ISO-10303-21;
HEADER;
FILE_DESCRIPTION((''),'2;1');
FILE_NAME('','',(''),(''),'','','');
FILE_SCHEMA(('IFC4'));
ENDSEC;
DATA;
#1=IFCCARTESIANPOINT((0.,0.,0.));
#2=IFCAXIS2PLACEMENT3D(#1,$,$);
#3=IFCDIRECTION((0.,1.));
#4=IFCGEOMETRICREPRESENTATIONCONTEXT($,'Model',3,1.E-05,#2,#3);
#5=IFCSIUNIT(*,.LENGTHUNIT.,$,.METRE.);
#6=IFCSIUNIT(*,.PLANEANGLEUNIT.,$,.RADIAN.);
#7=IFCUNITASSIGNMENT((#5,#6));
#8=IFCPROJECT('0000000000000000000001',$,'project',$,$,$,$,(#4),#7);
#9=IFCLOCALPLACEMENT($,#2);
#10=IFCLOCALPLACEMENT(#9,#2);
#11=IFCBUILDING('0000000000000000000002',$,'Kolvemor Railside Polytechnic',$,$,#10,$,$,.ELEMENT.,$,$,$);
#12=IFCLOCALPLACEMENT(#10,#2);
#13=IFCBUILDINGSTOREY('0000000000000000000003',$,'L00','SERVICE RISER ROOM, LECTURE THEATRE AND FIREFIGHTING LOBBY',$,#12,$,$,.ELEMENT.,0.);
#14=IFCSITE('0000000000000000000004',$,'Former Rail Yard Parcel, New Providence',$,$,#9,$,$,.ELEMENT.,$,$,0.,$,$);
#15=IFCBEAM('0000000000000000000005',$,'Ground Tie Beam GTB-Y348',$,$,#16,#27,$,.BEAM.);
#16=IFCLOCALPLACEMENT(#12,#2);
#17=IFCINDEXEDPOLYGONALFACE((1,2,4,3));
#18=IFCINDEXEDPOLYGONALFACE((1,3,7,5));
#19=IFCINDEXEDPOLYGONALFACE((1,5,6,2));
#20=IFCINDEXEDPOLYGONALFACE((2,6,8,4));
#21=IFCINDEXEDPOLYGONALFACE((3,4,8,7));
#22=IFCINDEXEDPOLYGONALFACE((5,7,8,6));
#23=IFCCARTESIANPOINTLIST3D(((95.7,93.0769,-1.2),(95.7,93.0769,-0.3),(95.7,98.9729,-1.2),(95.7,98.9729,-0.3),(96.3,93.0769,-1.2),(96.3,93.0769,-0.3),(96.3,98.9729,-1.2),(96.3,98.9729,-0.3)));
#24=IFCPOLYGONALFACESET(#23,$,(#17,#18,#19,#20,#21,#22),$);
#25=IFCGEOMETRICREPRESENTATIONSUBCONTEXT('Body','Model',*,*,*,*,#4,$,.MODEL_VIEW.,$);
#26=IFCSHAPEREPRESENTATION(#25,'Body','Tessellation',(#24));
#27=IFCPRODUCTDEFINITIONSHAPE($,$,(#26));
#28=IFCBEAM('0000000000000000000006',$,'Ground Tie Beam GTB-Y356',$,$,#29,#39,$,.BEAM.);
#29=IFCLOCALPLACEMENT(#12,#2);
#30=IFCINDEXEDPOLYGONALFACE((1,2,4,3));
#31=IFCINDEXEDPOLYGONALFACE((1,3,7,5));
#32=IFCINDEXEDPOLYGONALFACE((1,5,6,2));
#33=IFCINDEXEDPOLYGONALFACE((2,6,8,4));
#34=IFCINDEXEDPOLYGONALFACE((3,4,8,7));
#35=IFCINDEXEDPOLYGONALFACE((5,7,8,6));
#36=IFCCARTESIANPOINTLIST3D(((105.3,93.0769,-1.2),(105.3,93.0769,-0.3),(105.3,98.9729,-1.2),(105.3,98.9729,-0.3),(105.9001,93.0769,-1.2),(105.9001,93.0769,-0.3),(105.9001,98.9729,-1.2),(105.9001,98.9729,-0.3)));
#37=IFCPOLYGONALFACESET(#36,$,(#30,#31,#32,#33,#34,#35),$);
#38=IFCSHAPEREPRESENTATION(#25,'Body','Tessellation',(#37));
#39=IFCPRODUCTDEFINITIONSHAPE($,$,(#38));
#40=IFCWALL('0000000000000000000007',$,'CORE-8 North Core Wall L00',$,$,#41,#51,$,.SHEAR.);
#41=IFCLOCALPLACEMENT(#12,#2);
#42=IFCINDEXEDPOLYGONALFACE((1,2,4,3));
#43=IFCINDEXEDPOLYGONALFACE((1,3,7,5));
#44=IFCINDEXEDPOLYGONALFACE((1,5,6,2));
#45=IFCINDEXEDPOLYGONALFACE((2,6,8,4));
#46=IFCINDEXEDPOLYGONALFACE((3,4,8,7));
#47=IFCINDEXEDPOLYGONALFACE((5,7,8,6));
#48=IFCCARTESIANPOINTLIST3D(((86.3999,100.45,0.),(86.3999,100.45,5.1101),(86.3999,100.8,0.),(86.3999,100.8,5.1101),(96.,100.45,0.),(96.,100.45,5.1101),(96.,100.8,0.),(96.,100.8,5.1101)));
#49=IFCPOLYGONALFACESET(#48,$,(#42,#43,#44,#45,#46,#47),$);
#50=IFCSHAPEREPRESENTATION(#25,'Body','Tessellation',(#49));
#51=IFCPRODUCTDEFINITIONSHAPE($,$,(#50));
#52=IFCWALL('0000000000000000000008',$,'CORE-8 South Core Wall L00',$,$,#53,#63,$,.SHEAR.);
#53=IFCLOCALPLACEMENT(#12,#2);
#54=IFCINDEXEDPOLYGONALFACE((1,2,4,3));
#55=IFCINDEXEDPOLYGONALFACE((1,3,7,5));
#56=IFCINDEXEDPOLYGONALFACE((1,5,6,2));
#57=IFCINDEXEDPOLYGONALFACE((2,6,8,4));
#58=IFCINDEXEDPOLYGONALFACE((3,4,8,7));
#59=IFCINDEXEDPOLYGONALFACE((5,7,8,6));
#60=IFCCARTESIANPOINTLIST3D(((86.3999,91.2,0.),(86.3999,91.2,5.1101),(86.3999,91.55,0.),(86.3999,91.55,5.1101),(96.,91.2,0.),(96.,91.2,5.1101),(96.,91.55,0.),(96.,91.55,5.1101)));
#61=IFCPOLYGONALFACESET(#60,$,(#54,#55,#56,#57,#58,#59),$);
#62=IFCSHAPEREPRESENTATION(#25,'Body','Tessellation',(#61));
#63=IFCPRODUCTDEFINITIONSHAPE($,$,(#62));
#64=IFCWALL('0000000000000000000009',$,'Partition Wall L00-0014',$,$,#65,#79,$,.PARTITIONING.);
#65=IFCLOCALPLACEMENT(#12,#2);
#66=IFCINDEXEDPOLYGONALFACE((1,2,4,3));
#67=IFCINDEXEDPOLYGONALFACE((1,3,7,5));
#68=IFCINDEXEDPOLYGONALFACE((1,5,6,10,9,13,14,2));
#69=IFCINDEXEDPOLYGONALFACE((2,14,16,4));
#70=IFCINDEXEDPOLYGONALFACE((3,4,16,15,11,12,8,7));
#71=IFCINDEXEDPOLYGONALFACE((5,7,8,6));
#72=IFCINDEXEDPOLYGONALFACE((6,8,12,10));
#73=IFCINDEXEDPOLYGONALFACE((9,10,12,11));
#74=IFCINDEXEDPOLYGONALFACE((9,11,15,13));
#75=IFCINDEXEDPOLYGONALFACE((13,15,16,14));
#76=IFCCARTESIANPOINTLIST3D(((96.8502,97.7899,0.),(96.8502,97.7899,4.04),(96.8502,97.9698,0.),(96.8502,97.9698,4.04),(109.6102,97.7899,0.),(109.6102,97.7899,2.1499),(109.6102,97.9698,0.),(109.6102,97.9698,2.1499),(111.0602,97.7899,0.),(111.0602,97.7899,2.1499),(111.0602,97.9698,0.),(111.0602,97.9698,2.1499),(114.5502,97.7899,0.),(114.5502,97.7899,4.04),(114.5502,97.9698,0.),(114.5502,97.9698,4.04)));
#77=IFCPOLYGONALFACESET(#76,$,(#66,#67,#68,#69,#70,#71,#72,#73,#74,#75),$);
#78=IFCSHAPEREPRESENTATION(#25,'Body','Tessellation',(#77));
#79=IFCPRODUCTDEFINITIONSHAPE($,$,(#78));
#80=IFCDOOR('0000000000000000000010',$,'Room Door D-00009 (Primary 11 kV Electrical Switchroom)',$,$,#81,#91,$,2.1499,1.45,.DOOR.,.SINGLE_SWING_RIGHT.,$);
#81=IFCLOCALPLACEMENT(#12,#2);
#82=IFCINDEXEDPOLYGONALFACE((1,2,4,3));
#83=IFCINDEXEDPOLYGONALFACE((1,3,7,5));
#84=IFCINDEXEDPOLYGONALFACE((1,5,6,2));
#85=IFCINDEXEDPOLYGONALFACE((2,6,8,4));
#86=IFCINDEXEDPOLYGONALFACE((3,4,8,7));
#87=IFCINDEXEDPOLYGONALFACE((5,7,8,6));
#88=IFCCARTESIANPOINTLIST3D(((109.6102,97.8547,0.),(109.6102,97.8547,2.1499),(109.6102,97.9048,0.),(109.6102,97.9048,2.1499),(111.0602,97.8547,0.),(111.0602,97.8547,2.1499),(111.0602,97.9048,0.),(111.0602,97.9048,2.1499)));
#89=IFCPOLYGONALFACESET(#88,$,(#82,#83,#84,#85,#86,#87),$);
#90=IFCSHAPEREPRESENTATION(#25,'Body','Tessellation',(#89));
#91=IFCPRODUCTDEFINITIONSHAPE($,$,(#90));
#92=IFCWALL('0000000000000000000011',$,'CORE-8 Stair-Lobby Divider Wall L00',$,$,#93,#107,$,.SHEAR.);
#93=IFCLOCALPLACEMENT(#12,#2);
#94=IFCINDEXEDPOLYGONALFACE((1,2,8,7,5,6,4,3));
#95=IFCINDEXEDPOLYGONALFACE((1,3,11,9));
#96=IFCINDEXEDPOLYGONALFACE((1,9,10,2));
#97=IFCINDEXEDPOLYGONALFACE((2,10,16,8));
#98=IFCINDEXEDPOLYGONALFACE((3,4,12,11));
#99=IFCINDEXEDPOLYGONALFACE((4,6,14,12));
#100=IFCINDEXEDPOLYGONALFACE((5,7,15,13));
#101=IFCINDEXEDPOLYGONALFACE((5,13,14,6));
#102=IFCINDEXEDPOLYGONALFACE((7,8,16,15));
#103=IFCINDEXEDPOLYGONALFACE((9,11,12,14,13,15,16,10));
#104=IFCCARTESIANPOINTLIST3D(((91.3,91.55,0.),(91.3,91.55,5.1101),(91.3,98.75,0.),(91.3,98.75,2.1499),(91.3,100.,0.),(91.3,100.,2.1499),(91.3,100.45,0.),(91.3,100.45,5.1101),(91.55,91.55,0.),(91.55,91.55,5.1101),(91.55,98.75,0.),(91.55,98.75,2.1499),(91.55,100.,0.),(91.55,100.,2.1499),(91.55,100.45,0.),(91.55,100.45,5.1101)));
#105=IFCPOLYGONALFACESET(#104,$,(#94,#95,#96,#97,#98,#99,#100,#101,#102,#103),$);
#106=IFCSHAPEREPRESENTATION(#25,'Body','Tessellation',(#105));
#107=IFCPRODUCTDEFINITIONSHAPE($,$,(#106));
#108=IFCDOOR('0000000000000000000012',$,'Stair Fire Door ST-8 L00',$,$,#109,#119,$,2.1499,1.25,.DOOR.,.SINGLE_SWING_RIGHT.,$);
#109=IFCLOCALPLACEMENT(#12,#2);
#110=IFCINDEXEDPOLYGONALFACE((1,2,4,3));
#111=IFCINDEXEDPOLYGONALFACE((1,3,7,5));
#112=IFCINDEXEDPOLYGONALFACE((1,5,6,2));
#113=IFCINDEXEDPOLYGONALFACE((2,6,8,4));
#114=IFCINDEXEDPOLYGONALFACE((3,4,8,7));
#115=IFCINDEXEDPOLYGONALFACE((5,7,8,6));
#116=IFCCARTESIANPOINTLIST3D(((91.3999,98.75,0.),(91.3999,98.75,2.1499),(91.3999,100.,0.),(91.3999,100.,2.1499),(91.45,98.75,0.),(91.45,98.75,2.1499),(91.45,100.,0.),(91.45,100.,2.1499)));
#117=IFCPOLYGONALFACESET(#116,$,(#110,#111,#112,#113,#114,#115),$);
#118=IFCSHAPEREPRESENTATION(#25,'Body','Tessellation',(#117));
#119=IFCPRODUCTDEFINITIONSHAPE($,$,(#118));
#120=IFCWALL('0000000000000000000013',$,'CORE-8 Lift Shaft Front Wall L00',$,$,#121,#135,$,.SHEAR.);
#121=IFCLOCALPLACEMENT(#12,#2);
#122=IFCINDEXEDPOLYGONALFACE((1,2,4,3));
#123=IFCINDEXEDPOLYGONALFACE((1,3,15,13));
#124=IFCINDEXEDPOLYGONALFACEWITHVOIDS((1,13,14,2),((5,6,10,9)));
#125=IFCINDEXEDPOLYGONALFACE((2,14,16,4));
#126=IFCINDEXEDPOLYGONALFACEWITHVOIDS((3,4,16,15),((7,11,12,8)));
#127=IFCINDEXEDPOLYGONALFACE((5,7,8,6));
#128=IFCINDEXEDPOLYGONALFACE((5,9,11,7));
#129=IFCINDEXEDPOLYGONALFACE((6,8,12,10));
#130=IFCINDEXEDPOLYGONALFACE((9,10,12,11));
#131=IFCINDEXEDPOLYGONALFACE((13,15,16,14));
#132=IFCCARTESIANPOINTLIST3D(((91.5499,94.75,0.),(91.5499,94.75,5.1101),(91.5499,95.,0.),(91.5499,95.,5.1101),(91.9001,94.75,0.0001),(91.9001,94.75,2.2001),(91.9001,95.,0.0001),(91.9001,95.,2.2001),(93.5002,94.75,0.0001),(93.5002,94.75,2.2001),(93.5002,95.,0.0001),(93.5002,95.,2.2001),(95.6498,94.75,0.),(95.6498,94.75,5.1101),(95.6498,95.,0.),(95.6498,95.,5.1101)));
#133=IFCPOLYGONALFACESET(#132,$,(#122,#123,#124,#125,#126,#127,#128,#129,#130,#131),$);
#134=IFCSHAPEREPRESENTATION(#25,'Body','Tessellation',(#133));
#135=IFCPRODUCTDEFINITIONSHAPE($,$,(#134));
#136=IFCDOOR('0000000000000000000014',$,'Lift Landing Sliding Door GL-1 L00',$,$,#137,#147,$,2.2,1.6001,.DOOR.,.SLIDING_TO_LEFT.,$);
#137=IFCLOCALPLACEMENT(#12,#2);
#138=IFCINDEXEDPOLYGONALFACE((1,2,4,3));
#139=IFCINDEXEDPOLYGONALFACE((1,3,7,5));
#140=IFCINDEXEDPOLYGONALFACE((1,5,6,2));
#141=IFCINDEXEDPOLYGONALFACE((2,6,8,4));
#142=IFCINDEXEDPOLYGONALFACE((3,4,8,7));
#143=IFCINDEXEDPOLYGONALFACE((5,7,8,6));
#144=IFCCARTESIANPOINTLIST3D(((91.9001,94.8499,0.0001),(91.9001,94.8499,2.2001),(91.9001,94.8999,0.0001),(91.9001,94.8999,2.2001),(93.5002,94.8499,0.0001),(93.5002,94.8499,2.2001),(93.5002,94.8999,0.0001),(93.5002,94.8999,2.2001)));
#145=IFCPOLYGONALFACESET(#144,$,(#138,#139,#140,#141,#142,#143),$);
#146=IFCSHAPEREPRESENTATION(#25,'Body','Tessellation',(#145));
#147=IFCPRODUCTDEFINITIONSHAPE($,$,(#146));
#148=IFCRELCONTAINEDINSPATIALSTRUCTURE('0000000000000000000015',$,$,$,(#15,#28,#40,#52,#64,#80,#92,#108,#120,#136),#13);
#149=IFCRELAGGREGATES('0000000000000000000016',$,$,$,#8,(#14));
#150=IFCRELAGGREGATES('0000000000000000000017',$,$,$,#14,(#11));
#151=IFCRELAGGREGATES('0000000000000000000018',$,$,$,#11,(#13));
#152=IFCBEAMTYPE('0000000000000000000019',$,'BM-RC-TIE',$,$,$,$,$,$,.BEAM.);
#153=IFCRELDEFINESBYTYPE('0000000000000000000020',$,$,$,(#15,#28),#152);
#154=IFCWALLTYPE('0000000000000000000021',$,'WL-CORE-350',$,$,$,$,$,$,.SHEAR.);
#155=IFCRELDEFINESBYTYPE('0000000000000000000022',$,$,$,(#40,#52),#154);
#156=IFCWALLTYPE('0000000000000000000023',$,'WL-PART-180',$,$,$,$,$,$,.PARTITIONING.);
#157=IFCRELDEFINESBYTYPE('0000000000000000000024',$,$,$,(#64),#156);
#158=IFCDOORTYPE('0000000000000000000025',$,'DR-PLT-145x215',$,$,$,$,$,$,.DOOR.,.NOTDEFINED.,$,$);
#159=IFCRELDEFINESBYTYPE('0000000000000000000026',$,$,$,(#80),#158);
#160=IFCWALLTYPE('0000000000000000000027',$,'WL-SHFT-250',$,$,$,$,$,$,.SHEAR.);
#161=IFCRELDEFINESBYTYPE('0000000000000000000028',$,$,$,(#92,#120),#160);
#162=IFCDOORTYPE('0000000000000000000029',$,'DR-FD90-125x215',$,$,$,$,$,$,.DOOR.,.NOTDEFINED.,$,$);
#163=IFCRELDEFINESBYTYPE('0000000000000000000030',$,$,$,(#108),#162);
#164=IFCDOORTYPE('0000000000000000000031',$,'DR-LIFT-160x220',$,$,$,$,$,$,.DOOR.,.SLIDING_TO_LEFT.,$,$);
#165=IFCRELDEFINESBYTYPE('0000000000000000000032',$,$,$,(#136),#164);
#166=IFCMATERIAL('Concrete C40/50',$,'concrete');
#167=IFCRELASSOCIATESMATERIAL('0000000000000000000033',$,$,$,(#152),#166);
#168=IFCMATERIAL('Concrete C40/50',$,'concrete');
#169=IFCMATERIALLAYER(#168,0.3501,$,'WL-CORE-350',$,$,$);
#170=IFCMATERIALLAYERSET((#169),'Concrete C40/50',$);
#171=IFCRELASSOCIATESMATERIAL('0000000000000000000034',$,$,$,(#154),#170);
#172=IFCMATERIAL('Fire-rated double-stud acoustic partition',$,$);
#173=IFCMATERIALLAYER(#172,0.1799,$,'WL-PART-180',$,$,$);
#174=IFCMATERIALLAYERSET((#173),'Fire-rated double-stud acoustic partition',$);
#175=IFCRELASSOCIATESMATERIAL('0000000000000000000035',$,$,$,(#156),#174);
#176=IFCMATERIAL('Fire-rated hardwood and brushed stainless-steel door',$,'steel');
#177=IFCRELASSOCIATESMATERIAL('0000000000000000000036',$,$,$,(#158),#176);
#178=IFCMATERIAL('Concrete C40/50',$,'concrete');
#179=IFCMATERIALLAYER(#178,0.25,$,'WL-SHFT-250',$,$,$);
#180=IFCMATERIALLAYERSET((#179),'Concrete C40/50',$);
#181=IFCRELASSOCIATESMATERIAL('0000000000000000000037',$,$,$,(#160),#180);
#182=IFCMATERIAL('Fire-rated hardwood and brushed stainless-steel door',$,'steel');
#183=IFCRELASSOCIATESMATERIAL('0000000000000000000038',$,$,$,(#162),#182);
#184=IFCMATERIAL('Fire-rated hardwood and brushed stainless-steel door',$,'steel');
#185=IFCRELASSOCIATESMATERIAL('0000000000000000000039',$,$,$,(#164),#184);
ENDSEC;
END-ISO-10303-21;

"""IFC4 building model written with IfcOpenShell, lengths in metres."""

from ifc_helpers import new_model, si_unit, direction, frame, frame_2d, origin, origin_2d, place, context, subcontext, project, spatial, rectangle, extrude, material, layer, layer_set, material_profile, profile_set, type_object, element, fill, save


model = new_model("IFC4")

# Units and contexts
model_context = context("Model", 3, precision=1e-05, world=origin(), true_north=direction((0.0, 1.0)))
body_context = subcontext(model_context, "Body", "Model", "MODEL_VIEW")
ifc_project = project(units=[si_unit("LENGTHUNIT", "METRE"), si_unit("PLANEANGLEUNIT", "RADIAN")], contexts=[model_context])

# Site, building, storey
site_placement = place(None, origin())
site = spatial("IfcSite", under=ifc_project, at=site_placement, Name="Former Rail Yard Parcel, New Providence", CompositionType="ELEMENT", RefElevation=0.0)
building_placement = place(site_placement, origin())
building = spatial("IfcBuilding", under=site, at=building_placement, Name="Kolvemor Railside Polytechnic", CompositionType="ELEMENT")
storey_placement = place(building_placement, origin())
storey = spatial("IfcBuildingStorey", under=building, at=storey_placement, Name="L00", Description="SERVICE RISER ROOM, LECTURE THEATRE AND FIREFIGHTING LOBBY", CompositionType="ELEMENT", Elevation=0.0)

# Beams
ifc_material_1 = material(Name="Concrete C40/50", Category="concrete")
ifc_material_profile_1 = material_profile(ifc_material_1, rectangle(XDim=0.6001, YDim=0.8999, at=origin_2d()), Name="RC600x900")
ifc_profile_set_1 = profile_set([ifc_material_profile_1], Name="Concrete C40/50")
beam_type_1 = type_object("IfcBeamType", Name="BM-RC-TIE", PredefinedType="BEAM", material=ifc_profile_set_1)
for number, where, z_axis, x_axis, name in (
    (1, (96.0, 93.0769, -0.75), (0.0, 1.0, 0.0), (-1.0, 0.0, 0.0), "Ground Tie Beam GTB-Y348"),
    (2, (105.6001, 93.0769, -0.75), (0.0, 1.0, 0.0), (-1.0, 0.0, 0.0), "Ground Tie Beam GTB-Y356"),
):
    element("IfcBeam", number, at=place(storey_placement, frame(where, z_axis=z_axis, x_axis=x_axis)), inside=storey, type_object=beam_type_1, Name=name, PredefinedType="BEAM", context=body_context, shape_type="SweptSolid", body=[
        extrude(rectangle(XDim=0.6001, YDim=0.8999, at=origin_2d()), origin(), (0.0, 0.0, 1.0), 5.896),
    ])

# Walls
ifc_material_2 = material(Name="Concrete C40/50", Category="concrete")
ifc_layer_1 = layer(ifc_material_2, 0.3501, Name="WL-CORE-350")
ifc_layer_set_1 = layer_set([ifc_layer_1], Name="Concrete C40/50")
wall_type_1 = type_object("IfcWallType", Name="WL-CORE-350", PredefinedType="SHEAR", material=ifc_layer_set_1)
for number, where, z_axis, x_axis, name in (
    (3, (86.3999, 100.625, 0.0), (0.0, 0.0, 1.0), (1.0, 0.0, 0.0), "CORE-8 North Core Wall L00"),
    (4, (86.3999, 91.375, 0.0), (0.0, 0.0, 1.0), (1.0, 0.0, 0.0), "CORE-8 South Core Wall L00"),
):
    element("IfcWall", number, at=place(storey_placement, frame(where, z_axis=z_axis, x_axis=x_axis)), inside=storey, type_object=wall_type_1, Name=name, PredefinedType="SHEAR", context=body_context, shape_type="SweptSolid", body=[
        extrude(rectangle(XDim=9.6001, YDim=0.3501, at=frame_2d((4.8, 0.0))), origin(), (0.0, 0.0, 1.0), 5.1101),
    ])

# Walls, openings, doors
ifc_material_3 = material(Name="Fire-rated double-stud acoustic partition")
ifc_layer_2 = layer(ifc_material_3, 0.1799, Name="WL-PART-180")
ifc_layer_set_2 = layer_set([ifc_layer_2], Name="Fire-rated double-stud acoustic partition")
wall_type_2 = type_object("IfcWallType", Name="WL-PART-180", PredefinedType="PARTITIONING", material=ifc_layer_set_2)
wall_1_placement = place(storey_placement, frame((96.8501, 97.8799, 0.0), z_axis=(0.0, 0.0, 1.0), x_axis=(1.0, 0.0, 0.0)))
wall_1 = element("IfcWall", 5, at=wall_1_placement, inside=storey, type_object=wall_type_2, Name="Partition Wall L00-0014", PredefinedType="PARTITIONING", context=body_context, shape_type="SweptSolid", body=[
    extrude(rectangle(XDim=17.7, YDim=0.1799, at=frame_2d((8.8501, 0.0))), origin(), (0.0, 0.0, 1.0), 4.04),
])
opening_1_placement = place(wall_1_placement, frame((12.76, 0.0, 0.0)))
opening_1 = element("IfcOpeningElement", 6, at=opening_1_placement, cuts=wall_1, PredefinedType="OPENING", context=body_context, shape_type="SweptSolid", body=[
    extrude(rectangle(XDim=1.45, YDim=2.1499, at=frame_2d((0.7251, 1.075))), frame((0.0, 0.0999, 0.0), z_axis=(0.0, -1.0, 0.0), x_axis=(1.0, 0.0, 0.0)), (0.0, 0.0, 1.0), 0.2),
])
ifc_material_4 = material(Name="Fire-rated hardwood and brushed stainless-steel door", Category="steel")
door_type_1 = type_object("IfcDoorType", Name="DR-PLT-145x215", OperationType="NOTDEFINED", PredefinedType="DOOR", material=ifc_material_4)
door_1_placement = place(opening_1_placement, origin())
door_1 = element("IfcDoor", 7, at=door_1_placement, inside=storey, type_object=door_type_1, Name="Room Door D-00009 (Primary 11 kV Electrical Switchroom)", OperationType="SINGLE_SWING_RIGHT", OverallHeight=2.1499, OverallWidth=1.45, PredefinedType="DOOR", context=body_context, shape_type="SweptSolid", body=[
    extrude(rectangle(XDim=1.45, YDim=2.1499, at=frame_2d((0.7251, 1.075))), frame((0.0, 0.0249, 0.0), z_axis=(0.0, -1.0, 0.0), x_axis=(1.0, 0.0, 0.0)), (0.0, 0.0, 1.0), 0.05),
])
fill(opening_1, door_1)
ifc_material_5 = material(Name="Concrete C40/50", Category="concrete")
ifc_layer_3 = layer(ifc_material_5, 0.25, Name="WL-SHFT-250")
ifc_layer_set_3 = layer_set([ifc_layer_3], Name="Concrete C40/50")
wall_type_3 = type_object("IfcWallType", Name="WL-SHFT-250", PredefinedType="SHEAR", material=ifc_layer_set_3)
wall_2_placement = place(storey_placement, frame((91.425, 100.45, 0.0), z_axis=(0.0, 0.0, 1.0), x_axis=(0.0, -1.0, 0.0)))
wall_2 = element("IfcWall", 8, at=wall_2_placement, inside=storey, type_object=wall_type_3, Name="CORE-8 Stair-Lobby Divider Wall L00", PredefinedType="SHEAR", context=body_context, shape_type="SweptSolid", body=[
    extrude(rectangle(XDim=8.8999, YDim=0.25, at=frame_2d((4.45, 0.0))), origin(), (0.0, 0.0, 1.0), 5.1101),
])
opening_2_placement = place(wall_2_placement, frame((0.45, 0.0, 0.0)))
opening_2 = element("IfcOpeningElement", 9, at=opening_2_placement, cuts=wall_2, PredefinedType="OPENING", context=body_context, shape_type="SweptSolid", body=[
    extrude(rectangle(XDim=1.25, YDim=2.1499, at=frame_2d((0.625, 1.075))), frame((0.0, 0.135, 0.0), z_axis=(0.0, -1.0, 0.0), x_axis=(1.0, 0.0, 0.0)), (0.0, 0.0, 1.0), 0.27),
])
ifc_material_6 = material(Name="Fire-rated hardwood and brushed stainless-steel door", Category="steel")
door_type_2 = type_object("IfcDoorType", Name="DR-FD90-125x215", OperationType="NOTDEFINED", PredefinedType="DOOR", material=ifc_material_6)
door_2_placement = place(opening_2_placement, origin())
door_2 = element("IfcDoor", 10, at=door_2_placement, inside=storey, type_object=door_type_2, Name="Stair Fire Door ST-8 L00", OperationType="SINGLE_SWING_RIGHT", OverallHeight=2.1499, OverallWidth=1.25, PredefinedType="DOOR", context=body_context, shape_type="SweptSolid", body=[
    extrude(rectangle(XDim=1.25, YDim=2.1499, at=frame_2d((0.625, 1.075))), frame((0.0, 0.0249, 0.0), z_axis=(0.0, -1.0, 0.0), x_axis=(1.0, 0.0, 0.0)), (0.0, 0.0, 1.0), 0.05),
])
fill(opening_2, door_2)
wall_3_placement = place(storey_placement, frame((91.55, 94.875, 0.0), z_axis=(0.0, 0.0, 1.0), x_axis=(1.0, 0.0, 0.0)))
wall_3 = element("IfcWall", 11, at=wall_3_placement, inside=storey, type_object=wall_type_3, Name="CORE-8 Lift Shaft Front Wall L00", PredefinedType="SHEAR", context=body_context, shape_type="SweptSolid", body=[
    extrude(rectangle(XDim=4.0999, YDim=0.25, at=frame_2d((2.0498, 0.0))), origin(), (0.0, 0.0, 1.0), 5.1101),
])
opening_3_placement = place(wall_3_placement, frame((0.3501, 0.0, 0.0)))
opening_3 = element("IfcOpeningElement", 12, at=opening_3_placement, cuts=wall_3, PredefinedType="OPENING", context=body_context, shape_type="SweptSolid", body=[
    extrude(rectangle(XDim=1.6001, YDim=2.2, at=frame_2d((0.8, 1.1001))), frame((0.0, 0.135, 0.0), z_axis=(0.0, -1.0, 0.0), x_axis=(1.0, 0.0, 0.0)), (0.0, 0.0, 1.0), 0.27),
])
ifc_material_7 = material(Name="Fire-rated hardwood and brushed stainless-steel door", Category="steel")
door_type_3 = type_object("IfcDoorType", Name="DR-LIFT-160x220", OperationType="SLIDING_TO_LEFT", PredefinedType="DOOR", material=ifc_material_7)
door_3_placement = place(opening_3_placement, origin())
door_3 = element("IfcDoor", 13, at=door_3_placement, inside=storey, type_object=door_type_3, Name="Lift Landing Sliding Door GL-1 L00", OperationType="SLIDING_TO_LEFT", OverallHeight=2.2, OverallWidth=1.6001, PredefinedType="DOOR", context=body_context, shape_type="SweptSolid", body=[
    extrude(rectangle(XDim=1.6001, YDim=2.2, at=frame_2d((0.8, 1.1001))), frame((0.0, 0.0249, 0.0), z_axis=(0.0, -1.0, 0.0), x_axis=(1.0, 0.0, 0.0)), (0.0, 0.0, 1.0), 0.05),
])
fill(opening_3, door_3)

save(model, "model.ifc")
